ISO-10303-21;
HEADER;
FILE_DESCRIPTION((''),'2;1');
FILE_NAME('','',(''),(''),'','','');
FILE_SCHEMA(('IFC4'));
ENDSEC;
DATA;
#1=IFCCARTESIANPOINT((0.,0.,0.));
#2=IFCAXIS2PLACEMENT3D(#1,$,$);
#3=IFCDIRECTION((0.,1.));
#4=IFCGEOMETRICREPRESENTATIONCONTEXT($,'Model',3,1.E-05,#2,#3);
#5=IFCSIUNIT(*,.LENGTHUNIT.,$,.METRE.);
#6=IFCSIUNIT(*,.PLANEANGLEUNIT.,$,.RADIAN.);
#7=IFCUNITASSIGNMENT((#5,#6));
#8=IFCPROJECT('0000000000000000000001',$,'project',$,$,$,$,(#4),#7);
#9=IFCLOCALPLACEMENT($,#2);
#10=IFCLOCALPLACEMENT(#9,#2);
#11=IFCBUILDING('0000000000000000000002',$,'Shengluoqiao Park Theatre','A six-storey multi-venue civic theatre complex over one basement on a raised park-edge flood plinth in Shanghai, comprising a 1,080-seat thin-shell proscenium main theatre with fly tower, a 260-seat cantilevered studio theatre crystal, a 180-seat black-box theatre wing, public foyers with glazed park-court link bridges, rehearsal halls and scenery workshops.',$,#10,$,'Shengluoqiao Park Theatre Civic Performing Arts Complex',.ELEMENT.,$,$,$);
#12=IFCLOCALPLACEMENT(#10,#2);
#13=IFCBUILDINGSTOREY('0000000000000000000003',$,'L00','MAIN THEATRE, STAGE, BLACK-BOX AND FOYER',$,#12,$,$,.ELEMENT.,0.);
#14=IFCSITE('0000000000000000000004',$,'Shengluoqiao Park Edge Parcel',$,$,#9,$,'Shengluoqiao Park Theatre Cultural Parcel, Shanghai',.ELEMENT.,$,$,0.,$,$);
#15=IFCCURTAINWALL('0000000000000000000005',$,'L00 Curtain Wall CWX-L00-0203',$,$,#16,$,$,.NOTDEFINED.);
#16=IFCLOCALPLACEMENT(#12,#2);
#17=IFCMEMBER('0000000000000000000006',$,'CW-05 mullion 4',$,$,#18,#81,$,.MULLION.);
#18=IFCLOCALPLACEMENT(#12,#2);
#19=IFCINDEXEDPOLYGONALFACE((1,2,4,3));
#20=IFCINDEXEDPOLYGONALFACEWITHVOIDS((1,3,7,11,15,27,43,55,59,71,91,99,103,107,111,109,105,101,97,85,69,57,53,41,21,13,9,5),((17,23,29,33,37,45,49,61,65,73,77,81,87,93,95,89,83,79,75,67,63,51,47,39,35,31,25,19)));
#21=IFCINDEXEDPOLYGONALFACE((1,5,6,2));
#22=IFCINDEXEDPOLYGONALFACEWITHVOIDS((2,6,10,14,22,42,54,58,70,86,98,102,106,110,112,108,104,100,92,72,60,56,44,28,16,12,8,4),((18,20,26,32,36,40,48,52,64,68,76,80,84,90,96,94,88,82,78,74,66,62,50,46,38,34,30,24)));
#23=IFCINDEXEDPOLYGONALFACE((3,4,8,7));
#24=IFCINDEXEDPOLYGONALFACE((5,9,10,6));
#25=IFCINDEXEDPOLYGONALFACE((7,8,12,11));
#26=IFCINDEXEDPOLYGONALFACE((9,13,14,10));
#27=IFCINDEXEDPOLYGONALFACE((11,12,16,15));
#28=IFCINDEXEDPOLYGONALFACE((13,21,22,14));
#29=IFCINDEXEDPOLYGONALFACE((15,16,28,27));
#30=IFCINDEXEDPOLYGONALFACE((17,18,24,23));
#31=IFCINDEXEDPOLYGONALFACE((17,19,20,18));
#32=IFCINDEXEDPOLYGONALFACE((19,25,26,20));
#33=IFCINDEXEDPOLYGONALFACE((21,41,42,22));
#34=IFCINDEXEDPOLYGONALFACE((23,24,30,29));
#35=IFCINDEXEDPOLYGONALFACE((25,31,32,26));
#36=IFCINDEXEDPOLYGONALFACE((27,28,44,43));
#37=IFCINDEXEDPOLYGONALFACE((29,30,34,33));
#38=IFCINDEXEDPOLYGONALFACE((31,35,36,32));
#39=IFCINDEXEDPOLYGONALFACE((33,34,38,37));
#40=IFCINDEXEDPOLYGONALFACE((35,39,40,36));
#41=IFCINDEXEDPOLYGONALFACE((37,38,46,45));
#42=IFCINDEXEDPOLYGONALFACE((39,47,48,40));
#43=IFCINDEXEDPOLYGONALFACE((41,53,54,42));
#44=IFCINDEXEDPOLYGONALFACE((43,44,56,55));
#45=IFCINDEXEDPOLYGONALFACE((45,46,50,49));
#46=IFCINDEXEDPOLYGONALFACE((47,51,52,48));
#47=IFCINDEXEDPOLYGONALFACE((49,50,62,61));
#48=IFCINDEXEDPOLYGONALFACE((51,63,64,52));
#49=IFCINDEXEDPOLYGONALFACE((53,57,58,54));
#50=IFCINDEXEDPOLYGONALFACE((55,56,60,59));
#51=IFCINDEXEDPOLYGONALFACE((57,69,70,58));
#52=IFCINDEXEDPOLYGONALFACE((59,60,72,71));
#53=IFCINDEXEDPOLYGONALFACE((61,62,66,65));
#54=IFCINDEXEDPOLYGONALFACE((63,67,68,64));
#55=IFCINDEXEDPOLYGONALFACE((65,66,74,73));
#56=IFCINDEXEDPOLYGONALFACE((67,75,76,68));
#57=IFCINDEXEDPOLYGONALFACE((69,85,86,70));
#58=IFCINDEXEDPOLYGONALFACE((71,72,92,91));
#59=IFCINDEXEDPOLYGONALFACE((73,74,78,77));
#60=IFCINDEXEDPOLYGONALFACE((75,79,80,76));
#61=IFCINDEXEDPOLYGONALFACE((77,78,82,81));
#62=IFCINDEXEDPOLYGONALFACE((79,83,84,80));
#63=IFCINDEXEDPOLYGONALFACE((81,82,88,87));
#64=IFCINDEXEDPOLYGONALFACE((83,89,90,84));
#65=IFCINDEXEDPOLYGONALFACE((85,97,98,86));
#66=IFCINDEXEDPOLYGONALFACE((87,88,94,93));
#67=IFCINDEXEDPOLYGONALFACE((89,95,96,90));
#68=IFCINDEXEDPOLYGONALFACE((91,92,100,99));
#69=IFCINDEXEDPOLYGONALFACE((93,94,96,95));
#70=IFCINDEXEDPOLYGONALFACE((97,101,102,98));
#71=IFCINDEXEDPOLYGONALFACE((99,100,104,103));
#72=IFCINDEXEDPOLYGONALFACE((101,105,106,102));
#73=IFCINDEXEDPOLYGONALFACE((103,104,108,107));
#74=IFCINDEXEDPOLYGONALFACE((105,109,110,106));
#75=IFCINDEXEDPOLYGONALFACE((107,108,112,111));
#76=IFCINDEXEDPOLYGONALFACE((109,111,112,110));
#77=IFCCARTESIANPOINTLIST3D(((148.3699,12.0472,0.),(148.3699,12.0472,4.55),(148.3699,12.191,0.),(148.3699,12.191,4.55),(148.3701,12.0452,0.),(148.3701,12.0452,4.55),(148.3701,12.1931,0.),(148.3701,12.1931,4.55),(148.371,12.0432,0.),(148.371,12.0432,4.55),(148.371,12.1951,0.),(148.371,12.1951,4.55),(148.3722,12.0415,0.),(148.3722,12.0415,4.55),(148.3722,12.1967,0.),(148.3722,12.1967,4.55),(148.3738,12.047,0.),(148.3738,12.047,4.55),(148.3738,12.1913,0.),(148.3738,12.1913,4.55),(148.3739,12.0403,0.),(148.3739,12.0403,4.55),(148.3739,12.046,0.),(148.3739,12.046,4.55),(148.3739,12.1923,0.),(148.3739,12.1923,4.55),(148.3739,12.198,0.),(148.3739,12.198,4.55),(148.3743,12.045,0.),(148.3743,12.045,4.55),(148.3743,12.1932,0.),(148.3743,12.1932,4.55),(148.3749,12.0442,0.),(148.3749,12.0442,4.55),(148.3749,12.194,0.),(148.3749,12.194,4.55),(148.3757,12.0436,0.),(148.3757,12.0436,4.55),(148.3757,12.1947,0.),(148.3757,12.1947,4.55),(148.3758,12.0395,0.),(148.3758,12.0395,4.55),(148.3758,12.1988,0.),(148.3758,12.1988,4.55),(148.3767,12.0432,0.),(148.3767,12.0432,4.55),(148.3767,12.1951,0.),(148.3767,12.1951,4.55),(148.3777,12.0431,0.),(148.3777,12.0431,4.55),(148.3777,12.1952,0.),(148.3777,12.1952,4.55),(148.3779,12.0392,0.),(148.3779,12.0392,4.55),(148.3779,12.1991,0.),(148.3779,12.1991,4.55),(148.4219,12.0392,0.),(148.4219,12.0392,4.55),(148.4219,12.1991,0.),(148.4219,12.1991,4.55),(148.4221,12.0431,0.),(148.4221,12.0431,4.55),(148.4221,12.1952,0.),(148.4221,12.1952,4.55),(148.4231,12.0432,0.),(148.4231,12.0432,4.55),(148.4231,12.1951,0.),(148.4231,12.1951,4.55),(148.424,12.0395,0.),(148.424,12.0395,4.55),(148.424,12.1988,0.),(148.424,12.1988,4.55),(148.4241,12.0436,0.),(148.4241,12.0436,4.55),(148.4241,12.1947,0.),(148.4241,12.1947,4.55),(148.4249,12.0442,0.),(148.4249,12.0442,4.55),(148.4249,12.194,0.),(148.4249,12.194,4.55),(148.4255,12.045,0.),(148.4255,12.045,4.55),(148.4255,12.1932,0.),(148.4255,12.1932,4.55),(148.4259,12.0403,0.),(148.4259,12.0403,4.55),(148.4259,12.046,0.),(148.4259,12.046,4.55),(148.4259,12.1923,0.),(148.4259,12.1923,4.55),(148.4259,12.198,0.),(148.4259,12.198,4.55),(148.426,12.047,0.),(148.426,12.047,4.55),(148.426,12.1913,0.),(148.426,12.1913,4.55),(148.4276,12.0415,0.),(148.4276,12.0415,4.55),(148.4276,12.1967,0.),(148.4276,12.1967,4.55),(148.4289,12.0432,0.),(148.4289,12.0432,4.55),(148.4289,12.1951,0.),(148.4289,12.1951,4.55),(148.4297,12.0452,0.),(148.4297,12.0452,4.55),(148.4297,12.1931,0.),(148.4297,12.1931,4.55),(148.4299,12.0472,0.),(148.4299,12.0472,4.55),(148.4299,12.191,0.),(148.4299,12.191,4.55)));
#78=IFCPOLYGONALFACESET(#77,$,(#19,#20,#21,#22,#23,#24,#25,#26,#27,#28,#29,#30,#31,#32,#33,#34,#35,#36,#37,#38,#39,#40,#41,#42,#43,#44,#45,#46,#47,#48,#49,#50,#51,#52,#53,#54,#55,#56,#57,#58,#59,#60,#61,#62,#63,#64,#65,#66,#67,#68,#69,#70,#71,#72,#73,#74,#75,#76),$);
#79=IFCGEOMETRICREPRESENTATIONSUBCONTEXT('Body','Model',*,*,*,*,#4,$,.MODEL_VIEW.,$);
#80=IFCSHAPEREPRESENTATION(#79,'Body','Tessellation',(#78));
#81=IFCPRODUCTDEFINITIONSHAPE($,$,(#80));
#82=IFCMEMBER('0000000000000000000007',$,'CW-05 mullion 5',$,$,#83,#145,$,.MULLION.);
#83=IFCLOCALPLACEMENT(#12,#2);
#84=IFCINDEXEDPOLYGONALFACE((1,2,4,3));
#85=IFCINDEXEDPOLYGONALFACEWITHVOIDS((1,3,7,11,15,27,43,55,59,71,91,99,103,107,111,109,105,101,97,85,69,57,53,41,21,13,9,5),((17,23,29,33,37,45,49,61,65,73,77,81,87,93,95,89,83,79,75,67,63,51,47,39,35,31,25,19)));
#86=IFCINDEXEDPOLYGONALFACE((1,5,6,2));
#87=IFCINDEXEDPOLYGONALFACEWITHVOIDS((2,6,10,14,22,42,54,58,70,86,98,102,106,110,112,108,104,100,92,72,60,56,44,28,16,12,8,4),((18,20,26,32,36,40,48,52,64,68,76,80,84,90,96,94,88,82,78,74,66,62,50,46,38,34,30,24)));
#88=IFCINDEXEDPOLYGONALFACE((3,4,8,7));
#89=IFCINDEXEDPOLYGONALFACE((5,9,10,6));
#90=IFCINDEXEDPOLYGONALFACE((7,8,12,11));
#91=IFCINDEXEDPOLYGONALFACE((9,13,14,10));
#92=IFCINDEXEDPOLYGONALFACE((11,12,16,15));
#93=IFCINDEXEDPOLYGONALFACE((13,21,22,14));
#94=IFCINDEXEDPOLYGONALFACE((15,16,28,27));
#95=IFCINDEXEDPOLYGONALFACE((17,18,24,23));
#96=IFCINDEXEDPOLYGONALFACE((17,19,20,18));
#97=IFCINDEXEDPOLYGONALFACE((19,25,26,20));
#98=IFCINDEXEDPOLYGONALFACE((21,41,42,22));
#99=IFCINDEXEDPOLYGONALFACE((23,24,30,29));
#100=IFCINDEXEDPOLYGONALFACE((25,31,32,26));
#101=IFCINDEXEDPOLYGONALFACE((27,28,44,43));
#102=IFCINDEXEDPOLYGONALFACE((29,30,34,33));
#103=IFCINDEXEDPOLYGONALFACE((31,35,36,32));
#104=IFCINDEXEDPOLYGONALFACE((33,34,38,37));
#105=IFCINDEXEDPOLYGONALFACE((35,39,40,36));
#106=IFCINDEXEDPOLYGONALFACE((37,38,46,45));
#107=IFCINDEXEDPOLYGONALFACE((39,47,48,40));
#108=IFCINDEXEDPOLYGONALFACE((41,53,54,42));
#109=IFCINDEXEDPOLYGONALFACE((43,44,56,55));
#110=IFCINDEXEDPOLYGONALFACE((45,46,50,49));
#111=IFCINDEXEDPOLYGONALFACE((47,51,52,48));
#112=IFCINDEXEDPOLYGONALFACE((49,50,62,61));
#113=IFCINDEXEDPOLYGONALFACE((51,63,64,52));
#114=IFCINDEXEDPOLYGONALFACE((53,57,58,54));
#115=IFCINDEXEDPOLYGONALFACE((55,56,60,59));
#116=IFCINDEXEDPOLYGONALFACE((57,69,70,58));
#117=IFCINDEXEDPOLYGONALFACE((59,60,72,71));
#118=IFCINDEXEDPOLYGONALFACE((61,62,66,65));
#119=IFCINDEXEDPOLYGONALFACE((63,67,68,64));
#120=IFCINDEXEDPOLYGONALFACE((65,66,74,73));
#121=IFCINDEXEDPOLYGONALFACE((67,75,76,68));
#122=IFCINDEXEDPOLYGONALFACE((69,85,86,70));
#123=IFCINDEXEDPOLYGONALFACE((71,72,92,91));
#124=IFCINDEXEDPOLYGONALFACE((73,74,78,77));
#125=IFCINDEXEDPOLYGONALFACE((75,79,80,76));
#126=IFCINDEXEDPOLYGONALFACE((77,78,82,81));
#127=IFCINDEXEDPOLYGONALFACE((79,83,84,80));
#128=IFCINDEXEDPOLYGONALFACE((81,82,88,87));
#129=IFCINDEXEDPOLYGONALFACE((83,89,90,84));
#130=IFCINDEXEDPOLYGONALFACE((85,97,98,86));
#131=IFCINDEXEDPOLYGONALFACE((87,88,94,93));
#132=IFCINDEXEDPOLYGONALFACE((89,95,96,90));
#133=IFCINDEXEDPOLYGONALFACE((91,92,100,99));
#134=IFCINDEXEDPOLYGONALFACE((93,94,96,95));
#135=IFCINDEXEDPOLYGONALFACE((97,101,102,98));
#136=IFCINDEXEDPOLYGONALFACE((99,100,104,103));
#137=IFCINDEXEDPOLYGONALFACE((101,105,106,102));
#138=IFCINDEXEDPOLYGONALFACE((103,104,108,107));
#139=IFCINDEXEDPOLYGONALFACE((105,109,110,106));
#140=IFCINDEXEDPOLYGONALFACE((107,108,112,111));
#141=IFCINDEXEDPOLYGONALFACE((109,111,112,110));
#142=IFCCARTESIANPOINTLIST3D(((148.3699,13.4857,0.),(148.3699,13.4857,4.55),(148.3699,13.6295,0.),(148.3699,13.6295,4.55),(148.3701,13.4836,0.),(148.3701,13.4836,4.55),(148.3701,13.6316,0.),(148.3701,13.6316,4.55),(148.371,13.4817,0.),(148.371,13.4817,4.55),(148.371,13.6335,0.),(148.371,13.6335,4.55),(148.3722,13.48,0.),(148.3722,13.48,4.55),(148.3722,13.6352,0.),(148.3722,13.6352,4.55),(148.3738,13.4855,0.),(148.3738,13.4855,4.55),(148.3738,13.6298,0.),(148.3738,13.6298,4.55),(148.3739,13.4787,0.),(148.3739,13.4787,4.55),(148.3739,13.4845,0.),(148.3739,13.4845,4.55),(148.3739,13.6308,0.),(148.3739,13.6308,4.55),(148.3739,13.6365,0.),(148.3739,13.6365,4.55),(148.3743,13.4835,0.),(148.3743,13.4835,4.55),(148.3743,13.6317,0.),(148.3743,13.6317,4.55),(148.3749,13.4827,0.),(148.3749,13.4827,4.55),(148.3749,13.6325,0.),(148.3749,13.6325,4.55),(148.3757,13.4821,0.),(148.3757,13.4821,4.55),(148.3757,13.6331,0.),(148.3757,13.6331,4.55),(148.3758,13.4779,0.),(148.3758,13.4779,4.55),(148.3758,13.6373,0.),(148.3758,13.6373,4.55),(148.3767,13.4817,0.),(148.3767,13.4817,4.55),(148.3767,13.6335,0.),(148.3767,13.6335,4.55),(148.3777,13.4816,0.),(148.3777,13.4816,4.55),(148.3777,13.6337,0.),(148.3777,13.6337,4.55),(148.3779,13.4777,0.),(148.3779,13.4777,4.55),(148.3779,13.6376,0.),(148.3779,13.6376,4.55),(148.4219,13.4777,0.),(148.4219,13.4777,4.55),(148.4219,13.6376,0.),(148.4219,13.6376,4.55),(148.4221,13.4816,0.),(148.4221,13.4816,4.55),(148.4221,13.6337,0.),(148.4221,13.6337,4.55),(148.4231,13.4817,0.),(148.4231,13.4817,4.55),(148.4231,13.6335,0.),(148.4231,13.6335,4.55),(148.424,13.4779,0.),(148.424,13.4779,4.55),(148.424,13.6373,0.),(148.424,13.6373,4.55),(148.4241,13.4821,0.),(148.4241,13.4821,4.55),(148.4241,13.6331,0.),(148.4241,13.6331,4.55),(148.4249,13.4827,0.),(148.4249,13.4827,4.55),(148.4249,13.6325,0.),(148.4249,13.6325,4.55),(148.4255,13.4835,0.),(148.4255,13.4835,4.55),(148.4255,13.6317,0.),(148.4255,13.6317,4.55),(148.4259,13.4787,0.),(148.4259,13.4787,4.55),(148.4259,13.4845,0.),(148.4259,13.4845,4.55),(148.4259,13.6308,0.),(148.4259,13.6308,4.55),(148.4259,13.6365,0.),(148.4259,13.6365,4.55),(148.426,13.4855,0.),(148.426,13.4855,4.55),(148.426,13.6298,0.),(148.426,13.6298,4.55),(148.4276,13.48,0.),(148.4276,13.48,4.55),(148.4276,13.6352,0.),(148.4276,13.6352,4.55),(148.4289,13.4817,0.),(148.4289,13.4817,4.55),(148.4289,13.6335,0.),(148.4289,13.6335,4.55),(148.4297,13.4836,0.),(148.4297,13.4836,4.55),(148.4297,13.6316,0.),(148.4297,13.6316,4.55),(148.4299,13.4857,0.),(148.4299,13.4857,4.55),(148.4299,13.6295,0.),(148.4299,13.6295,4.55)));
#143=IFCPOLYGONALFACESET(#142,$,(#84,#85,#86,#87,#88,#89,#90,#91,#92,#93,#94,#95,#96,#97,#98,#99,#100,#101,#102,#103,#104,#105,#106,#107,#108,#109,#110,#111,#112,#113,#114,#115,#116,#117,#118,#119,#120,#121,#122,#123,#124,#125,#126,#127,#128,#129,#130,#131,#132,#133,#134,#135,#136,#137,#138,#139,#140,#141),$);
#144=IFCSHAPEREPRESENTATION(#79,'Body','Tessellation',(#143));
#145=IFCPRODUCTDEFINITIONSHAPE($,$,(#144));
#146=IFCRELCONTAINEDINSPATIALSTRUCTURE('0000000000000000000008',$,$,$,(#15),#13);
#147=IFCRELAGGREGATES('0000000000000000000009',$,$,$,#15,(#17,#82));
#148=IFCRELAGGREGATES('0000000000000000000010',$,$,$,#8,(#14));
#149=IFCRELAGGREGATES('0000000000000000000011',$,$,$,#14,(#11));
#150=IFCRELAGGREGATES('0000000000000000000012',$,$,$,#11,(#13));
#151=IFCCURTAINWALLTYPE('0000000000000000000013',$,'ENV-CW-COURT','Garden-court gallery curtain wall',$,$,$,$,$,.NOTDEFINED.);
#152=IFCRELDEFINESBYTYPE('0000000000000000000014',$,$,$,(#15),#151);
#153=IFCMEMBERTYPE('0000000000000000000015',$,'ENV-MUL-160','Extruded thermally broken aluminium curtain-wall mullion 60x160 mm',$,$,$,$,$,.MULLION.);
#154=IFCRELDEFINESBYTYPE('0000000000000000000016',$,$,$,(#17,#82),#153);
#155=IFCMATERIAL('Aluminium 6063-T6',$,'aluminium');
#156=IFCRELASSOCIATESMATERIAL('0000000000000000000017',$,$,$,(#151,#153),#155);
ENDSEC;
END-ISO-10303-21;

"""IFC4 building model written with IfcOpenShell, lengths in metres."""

from ifc_helpers import new_model, si_unit, direction, frame, origin, origin_2d, place, context, subcontext, project, spatial, hollow_rectangle, extrude, material, material_profile, profile_set, type_object, element, aggregate, save


model = new_model("IFC4")

# Units and contexts
model_context = context("Model", 3, precision=1e-05, world=origin(), true_north=direction((0.0, 1.0)))
body_context = subcontext(model_context, "Body", "Model", "MODEL_VIEW")
ifc_project = project(units=[si_unit("LENGTHUNIT", "METRE"), si_unit("PLANEANGLEUNIT", "RADIAN")], contexts=[model_context])

# Site, building, storey
site_placement = place(None, origin())
site = spatial("IfcSite", under=ifc_project, at=site_placement, Name="Shengluoqiao Park Edge Parcel", LongName="Shengluoqiao Park Theatre Cultural Parcel, Shanghai", CompositionType="ELEMENT", RefElevation=0.0)
building_placement = place(site_placement, origin())
building = spatial("IfcBuilding", under=site, at=building_placement, Name="Shengluoqiao Park Theatre", Description="A six-storey multi-venue civic theatre complex over one basement on a raised park-edge flood plinth in Shanghai, comprising a 1,080-seat thin-shell proscenium main theatre with fly tower, a 260-seat cantilevered studio theatre crystal, a 180-seat black-box theatre wing, public foyers with glazed park-court link bridges, rehearsal halls and scenery workshops.", LongName="Shengluoqiao Park Theatre Civic Performing Arts Complex", CompositionType="ELEMENT")
storey_placement = place(building_placement, origin())
storey = spatial("IfcBuildingStorey", under=building, at=storey_placement, Name="L00", Description="MAIN THEATRE, STAGE, BLACK-BOX AND FOYER", CompositionType="ELEMENT", Elevation=0.0)

# Curtain wall, members
ifc_material_1 = material(Name="Aluminium 6063-T6", Category="aluminium")
curtain_wall_type = type_object("IfcCurtainWallType", Name="ENV-CW-COURT", Description="Garden-court gallery curtain wall", PredefinedType="NOTDEFINED", material=ifc_material_1)
curtain_wall_placement = place(storey_placement, origin())
curtain_wall = element("IfcCurtainWall", 1, at=curtain_wall_placement, inside=storey, type_object=curtain_wall_type, Name="L00 Curtain Wall CWX-L00-0203", PredefinedType="NOTDEFINED")
ifc_material_profile_1 = material_profile(ifc_material_1, hollow_rectangle(XDim=0.0601, YDim=0.1599, WallThickness=0.0039, InnerFilletRadius=0.0039, OuterFilletRadius=0.0081, at=origin_2d()), Name="ALU MULLION 160x60x4")
ifc_profile_set_1 = profile_set([ifc_material_profile_1], Name="Aluminium 6063-T6")
member_type_1 = type_object("IfcMemberType", Name="ENV-MUL-160", Description="Extruded thermally broken aluminium curtain-wall mullion 60x160 mm", PredefinedType="MULLION", material=ifc_profile_set_1)
member_1_placement = place(storey_placement, frame((148.3999, 12.1191, 0.0), z_axis=(0.0, 0.0, 1.0), x_axis=(-1.0, 0.0, 0.0)))
member_1 = element("IfcMember", 2, at=member_1_placement, type_object=member_type_1, Name="CW-05 mullion 4", PredefinedType="MULLION", context=body_context, shape_type="SweptSolid", body=[
    extrude(hollow_rectangle(XDim=0.0601, YDim=0.1599, WallThickness=0.0039, InnerFilletRadius=0.0039, OuterFilletRadius=0.0081, at=origin_2d()), origin(), (0.0, 0.0, 1.0), 4.55),
])
member_2_placement = place(storey_placement, frame((148.3999, 13.5576, 0.0), z_axis=(0.0, 0.0, 1.0), x_axis=(-1.0, 0.0, 0.0)))
member_2 = element("IfcMember", 3, at=member_2_placement, type_object=member_type_1, Name="CW-05 mullion 5", PredefinedType="MULLION", context=body_context, shape_type="SweptSolid", body=[
    extrude(hollow_rectangle(XDim=0.0601, YDim=0.1599, WallThickness=0.0039, InnerFilletRadius=0.0039, OuterFilletRadius=0.0081, at=origin_2d()), origin(), (0.0, 0.0, 1.0), 4.55),
])
aggregate(curtain_wall, [member_1, member_2])

save(model, "model.ifc")
